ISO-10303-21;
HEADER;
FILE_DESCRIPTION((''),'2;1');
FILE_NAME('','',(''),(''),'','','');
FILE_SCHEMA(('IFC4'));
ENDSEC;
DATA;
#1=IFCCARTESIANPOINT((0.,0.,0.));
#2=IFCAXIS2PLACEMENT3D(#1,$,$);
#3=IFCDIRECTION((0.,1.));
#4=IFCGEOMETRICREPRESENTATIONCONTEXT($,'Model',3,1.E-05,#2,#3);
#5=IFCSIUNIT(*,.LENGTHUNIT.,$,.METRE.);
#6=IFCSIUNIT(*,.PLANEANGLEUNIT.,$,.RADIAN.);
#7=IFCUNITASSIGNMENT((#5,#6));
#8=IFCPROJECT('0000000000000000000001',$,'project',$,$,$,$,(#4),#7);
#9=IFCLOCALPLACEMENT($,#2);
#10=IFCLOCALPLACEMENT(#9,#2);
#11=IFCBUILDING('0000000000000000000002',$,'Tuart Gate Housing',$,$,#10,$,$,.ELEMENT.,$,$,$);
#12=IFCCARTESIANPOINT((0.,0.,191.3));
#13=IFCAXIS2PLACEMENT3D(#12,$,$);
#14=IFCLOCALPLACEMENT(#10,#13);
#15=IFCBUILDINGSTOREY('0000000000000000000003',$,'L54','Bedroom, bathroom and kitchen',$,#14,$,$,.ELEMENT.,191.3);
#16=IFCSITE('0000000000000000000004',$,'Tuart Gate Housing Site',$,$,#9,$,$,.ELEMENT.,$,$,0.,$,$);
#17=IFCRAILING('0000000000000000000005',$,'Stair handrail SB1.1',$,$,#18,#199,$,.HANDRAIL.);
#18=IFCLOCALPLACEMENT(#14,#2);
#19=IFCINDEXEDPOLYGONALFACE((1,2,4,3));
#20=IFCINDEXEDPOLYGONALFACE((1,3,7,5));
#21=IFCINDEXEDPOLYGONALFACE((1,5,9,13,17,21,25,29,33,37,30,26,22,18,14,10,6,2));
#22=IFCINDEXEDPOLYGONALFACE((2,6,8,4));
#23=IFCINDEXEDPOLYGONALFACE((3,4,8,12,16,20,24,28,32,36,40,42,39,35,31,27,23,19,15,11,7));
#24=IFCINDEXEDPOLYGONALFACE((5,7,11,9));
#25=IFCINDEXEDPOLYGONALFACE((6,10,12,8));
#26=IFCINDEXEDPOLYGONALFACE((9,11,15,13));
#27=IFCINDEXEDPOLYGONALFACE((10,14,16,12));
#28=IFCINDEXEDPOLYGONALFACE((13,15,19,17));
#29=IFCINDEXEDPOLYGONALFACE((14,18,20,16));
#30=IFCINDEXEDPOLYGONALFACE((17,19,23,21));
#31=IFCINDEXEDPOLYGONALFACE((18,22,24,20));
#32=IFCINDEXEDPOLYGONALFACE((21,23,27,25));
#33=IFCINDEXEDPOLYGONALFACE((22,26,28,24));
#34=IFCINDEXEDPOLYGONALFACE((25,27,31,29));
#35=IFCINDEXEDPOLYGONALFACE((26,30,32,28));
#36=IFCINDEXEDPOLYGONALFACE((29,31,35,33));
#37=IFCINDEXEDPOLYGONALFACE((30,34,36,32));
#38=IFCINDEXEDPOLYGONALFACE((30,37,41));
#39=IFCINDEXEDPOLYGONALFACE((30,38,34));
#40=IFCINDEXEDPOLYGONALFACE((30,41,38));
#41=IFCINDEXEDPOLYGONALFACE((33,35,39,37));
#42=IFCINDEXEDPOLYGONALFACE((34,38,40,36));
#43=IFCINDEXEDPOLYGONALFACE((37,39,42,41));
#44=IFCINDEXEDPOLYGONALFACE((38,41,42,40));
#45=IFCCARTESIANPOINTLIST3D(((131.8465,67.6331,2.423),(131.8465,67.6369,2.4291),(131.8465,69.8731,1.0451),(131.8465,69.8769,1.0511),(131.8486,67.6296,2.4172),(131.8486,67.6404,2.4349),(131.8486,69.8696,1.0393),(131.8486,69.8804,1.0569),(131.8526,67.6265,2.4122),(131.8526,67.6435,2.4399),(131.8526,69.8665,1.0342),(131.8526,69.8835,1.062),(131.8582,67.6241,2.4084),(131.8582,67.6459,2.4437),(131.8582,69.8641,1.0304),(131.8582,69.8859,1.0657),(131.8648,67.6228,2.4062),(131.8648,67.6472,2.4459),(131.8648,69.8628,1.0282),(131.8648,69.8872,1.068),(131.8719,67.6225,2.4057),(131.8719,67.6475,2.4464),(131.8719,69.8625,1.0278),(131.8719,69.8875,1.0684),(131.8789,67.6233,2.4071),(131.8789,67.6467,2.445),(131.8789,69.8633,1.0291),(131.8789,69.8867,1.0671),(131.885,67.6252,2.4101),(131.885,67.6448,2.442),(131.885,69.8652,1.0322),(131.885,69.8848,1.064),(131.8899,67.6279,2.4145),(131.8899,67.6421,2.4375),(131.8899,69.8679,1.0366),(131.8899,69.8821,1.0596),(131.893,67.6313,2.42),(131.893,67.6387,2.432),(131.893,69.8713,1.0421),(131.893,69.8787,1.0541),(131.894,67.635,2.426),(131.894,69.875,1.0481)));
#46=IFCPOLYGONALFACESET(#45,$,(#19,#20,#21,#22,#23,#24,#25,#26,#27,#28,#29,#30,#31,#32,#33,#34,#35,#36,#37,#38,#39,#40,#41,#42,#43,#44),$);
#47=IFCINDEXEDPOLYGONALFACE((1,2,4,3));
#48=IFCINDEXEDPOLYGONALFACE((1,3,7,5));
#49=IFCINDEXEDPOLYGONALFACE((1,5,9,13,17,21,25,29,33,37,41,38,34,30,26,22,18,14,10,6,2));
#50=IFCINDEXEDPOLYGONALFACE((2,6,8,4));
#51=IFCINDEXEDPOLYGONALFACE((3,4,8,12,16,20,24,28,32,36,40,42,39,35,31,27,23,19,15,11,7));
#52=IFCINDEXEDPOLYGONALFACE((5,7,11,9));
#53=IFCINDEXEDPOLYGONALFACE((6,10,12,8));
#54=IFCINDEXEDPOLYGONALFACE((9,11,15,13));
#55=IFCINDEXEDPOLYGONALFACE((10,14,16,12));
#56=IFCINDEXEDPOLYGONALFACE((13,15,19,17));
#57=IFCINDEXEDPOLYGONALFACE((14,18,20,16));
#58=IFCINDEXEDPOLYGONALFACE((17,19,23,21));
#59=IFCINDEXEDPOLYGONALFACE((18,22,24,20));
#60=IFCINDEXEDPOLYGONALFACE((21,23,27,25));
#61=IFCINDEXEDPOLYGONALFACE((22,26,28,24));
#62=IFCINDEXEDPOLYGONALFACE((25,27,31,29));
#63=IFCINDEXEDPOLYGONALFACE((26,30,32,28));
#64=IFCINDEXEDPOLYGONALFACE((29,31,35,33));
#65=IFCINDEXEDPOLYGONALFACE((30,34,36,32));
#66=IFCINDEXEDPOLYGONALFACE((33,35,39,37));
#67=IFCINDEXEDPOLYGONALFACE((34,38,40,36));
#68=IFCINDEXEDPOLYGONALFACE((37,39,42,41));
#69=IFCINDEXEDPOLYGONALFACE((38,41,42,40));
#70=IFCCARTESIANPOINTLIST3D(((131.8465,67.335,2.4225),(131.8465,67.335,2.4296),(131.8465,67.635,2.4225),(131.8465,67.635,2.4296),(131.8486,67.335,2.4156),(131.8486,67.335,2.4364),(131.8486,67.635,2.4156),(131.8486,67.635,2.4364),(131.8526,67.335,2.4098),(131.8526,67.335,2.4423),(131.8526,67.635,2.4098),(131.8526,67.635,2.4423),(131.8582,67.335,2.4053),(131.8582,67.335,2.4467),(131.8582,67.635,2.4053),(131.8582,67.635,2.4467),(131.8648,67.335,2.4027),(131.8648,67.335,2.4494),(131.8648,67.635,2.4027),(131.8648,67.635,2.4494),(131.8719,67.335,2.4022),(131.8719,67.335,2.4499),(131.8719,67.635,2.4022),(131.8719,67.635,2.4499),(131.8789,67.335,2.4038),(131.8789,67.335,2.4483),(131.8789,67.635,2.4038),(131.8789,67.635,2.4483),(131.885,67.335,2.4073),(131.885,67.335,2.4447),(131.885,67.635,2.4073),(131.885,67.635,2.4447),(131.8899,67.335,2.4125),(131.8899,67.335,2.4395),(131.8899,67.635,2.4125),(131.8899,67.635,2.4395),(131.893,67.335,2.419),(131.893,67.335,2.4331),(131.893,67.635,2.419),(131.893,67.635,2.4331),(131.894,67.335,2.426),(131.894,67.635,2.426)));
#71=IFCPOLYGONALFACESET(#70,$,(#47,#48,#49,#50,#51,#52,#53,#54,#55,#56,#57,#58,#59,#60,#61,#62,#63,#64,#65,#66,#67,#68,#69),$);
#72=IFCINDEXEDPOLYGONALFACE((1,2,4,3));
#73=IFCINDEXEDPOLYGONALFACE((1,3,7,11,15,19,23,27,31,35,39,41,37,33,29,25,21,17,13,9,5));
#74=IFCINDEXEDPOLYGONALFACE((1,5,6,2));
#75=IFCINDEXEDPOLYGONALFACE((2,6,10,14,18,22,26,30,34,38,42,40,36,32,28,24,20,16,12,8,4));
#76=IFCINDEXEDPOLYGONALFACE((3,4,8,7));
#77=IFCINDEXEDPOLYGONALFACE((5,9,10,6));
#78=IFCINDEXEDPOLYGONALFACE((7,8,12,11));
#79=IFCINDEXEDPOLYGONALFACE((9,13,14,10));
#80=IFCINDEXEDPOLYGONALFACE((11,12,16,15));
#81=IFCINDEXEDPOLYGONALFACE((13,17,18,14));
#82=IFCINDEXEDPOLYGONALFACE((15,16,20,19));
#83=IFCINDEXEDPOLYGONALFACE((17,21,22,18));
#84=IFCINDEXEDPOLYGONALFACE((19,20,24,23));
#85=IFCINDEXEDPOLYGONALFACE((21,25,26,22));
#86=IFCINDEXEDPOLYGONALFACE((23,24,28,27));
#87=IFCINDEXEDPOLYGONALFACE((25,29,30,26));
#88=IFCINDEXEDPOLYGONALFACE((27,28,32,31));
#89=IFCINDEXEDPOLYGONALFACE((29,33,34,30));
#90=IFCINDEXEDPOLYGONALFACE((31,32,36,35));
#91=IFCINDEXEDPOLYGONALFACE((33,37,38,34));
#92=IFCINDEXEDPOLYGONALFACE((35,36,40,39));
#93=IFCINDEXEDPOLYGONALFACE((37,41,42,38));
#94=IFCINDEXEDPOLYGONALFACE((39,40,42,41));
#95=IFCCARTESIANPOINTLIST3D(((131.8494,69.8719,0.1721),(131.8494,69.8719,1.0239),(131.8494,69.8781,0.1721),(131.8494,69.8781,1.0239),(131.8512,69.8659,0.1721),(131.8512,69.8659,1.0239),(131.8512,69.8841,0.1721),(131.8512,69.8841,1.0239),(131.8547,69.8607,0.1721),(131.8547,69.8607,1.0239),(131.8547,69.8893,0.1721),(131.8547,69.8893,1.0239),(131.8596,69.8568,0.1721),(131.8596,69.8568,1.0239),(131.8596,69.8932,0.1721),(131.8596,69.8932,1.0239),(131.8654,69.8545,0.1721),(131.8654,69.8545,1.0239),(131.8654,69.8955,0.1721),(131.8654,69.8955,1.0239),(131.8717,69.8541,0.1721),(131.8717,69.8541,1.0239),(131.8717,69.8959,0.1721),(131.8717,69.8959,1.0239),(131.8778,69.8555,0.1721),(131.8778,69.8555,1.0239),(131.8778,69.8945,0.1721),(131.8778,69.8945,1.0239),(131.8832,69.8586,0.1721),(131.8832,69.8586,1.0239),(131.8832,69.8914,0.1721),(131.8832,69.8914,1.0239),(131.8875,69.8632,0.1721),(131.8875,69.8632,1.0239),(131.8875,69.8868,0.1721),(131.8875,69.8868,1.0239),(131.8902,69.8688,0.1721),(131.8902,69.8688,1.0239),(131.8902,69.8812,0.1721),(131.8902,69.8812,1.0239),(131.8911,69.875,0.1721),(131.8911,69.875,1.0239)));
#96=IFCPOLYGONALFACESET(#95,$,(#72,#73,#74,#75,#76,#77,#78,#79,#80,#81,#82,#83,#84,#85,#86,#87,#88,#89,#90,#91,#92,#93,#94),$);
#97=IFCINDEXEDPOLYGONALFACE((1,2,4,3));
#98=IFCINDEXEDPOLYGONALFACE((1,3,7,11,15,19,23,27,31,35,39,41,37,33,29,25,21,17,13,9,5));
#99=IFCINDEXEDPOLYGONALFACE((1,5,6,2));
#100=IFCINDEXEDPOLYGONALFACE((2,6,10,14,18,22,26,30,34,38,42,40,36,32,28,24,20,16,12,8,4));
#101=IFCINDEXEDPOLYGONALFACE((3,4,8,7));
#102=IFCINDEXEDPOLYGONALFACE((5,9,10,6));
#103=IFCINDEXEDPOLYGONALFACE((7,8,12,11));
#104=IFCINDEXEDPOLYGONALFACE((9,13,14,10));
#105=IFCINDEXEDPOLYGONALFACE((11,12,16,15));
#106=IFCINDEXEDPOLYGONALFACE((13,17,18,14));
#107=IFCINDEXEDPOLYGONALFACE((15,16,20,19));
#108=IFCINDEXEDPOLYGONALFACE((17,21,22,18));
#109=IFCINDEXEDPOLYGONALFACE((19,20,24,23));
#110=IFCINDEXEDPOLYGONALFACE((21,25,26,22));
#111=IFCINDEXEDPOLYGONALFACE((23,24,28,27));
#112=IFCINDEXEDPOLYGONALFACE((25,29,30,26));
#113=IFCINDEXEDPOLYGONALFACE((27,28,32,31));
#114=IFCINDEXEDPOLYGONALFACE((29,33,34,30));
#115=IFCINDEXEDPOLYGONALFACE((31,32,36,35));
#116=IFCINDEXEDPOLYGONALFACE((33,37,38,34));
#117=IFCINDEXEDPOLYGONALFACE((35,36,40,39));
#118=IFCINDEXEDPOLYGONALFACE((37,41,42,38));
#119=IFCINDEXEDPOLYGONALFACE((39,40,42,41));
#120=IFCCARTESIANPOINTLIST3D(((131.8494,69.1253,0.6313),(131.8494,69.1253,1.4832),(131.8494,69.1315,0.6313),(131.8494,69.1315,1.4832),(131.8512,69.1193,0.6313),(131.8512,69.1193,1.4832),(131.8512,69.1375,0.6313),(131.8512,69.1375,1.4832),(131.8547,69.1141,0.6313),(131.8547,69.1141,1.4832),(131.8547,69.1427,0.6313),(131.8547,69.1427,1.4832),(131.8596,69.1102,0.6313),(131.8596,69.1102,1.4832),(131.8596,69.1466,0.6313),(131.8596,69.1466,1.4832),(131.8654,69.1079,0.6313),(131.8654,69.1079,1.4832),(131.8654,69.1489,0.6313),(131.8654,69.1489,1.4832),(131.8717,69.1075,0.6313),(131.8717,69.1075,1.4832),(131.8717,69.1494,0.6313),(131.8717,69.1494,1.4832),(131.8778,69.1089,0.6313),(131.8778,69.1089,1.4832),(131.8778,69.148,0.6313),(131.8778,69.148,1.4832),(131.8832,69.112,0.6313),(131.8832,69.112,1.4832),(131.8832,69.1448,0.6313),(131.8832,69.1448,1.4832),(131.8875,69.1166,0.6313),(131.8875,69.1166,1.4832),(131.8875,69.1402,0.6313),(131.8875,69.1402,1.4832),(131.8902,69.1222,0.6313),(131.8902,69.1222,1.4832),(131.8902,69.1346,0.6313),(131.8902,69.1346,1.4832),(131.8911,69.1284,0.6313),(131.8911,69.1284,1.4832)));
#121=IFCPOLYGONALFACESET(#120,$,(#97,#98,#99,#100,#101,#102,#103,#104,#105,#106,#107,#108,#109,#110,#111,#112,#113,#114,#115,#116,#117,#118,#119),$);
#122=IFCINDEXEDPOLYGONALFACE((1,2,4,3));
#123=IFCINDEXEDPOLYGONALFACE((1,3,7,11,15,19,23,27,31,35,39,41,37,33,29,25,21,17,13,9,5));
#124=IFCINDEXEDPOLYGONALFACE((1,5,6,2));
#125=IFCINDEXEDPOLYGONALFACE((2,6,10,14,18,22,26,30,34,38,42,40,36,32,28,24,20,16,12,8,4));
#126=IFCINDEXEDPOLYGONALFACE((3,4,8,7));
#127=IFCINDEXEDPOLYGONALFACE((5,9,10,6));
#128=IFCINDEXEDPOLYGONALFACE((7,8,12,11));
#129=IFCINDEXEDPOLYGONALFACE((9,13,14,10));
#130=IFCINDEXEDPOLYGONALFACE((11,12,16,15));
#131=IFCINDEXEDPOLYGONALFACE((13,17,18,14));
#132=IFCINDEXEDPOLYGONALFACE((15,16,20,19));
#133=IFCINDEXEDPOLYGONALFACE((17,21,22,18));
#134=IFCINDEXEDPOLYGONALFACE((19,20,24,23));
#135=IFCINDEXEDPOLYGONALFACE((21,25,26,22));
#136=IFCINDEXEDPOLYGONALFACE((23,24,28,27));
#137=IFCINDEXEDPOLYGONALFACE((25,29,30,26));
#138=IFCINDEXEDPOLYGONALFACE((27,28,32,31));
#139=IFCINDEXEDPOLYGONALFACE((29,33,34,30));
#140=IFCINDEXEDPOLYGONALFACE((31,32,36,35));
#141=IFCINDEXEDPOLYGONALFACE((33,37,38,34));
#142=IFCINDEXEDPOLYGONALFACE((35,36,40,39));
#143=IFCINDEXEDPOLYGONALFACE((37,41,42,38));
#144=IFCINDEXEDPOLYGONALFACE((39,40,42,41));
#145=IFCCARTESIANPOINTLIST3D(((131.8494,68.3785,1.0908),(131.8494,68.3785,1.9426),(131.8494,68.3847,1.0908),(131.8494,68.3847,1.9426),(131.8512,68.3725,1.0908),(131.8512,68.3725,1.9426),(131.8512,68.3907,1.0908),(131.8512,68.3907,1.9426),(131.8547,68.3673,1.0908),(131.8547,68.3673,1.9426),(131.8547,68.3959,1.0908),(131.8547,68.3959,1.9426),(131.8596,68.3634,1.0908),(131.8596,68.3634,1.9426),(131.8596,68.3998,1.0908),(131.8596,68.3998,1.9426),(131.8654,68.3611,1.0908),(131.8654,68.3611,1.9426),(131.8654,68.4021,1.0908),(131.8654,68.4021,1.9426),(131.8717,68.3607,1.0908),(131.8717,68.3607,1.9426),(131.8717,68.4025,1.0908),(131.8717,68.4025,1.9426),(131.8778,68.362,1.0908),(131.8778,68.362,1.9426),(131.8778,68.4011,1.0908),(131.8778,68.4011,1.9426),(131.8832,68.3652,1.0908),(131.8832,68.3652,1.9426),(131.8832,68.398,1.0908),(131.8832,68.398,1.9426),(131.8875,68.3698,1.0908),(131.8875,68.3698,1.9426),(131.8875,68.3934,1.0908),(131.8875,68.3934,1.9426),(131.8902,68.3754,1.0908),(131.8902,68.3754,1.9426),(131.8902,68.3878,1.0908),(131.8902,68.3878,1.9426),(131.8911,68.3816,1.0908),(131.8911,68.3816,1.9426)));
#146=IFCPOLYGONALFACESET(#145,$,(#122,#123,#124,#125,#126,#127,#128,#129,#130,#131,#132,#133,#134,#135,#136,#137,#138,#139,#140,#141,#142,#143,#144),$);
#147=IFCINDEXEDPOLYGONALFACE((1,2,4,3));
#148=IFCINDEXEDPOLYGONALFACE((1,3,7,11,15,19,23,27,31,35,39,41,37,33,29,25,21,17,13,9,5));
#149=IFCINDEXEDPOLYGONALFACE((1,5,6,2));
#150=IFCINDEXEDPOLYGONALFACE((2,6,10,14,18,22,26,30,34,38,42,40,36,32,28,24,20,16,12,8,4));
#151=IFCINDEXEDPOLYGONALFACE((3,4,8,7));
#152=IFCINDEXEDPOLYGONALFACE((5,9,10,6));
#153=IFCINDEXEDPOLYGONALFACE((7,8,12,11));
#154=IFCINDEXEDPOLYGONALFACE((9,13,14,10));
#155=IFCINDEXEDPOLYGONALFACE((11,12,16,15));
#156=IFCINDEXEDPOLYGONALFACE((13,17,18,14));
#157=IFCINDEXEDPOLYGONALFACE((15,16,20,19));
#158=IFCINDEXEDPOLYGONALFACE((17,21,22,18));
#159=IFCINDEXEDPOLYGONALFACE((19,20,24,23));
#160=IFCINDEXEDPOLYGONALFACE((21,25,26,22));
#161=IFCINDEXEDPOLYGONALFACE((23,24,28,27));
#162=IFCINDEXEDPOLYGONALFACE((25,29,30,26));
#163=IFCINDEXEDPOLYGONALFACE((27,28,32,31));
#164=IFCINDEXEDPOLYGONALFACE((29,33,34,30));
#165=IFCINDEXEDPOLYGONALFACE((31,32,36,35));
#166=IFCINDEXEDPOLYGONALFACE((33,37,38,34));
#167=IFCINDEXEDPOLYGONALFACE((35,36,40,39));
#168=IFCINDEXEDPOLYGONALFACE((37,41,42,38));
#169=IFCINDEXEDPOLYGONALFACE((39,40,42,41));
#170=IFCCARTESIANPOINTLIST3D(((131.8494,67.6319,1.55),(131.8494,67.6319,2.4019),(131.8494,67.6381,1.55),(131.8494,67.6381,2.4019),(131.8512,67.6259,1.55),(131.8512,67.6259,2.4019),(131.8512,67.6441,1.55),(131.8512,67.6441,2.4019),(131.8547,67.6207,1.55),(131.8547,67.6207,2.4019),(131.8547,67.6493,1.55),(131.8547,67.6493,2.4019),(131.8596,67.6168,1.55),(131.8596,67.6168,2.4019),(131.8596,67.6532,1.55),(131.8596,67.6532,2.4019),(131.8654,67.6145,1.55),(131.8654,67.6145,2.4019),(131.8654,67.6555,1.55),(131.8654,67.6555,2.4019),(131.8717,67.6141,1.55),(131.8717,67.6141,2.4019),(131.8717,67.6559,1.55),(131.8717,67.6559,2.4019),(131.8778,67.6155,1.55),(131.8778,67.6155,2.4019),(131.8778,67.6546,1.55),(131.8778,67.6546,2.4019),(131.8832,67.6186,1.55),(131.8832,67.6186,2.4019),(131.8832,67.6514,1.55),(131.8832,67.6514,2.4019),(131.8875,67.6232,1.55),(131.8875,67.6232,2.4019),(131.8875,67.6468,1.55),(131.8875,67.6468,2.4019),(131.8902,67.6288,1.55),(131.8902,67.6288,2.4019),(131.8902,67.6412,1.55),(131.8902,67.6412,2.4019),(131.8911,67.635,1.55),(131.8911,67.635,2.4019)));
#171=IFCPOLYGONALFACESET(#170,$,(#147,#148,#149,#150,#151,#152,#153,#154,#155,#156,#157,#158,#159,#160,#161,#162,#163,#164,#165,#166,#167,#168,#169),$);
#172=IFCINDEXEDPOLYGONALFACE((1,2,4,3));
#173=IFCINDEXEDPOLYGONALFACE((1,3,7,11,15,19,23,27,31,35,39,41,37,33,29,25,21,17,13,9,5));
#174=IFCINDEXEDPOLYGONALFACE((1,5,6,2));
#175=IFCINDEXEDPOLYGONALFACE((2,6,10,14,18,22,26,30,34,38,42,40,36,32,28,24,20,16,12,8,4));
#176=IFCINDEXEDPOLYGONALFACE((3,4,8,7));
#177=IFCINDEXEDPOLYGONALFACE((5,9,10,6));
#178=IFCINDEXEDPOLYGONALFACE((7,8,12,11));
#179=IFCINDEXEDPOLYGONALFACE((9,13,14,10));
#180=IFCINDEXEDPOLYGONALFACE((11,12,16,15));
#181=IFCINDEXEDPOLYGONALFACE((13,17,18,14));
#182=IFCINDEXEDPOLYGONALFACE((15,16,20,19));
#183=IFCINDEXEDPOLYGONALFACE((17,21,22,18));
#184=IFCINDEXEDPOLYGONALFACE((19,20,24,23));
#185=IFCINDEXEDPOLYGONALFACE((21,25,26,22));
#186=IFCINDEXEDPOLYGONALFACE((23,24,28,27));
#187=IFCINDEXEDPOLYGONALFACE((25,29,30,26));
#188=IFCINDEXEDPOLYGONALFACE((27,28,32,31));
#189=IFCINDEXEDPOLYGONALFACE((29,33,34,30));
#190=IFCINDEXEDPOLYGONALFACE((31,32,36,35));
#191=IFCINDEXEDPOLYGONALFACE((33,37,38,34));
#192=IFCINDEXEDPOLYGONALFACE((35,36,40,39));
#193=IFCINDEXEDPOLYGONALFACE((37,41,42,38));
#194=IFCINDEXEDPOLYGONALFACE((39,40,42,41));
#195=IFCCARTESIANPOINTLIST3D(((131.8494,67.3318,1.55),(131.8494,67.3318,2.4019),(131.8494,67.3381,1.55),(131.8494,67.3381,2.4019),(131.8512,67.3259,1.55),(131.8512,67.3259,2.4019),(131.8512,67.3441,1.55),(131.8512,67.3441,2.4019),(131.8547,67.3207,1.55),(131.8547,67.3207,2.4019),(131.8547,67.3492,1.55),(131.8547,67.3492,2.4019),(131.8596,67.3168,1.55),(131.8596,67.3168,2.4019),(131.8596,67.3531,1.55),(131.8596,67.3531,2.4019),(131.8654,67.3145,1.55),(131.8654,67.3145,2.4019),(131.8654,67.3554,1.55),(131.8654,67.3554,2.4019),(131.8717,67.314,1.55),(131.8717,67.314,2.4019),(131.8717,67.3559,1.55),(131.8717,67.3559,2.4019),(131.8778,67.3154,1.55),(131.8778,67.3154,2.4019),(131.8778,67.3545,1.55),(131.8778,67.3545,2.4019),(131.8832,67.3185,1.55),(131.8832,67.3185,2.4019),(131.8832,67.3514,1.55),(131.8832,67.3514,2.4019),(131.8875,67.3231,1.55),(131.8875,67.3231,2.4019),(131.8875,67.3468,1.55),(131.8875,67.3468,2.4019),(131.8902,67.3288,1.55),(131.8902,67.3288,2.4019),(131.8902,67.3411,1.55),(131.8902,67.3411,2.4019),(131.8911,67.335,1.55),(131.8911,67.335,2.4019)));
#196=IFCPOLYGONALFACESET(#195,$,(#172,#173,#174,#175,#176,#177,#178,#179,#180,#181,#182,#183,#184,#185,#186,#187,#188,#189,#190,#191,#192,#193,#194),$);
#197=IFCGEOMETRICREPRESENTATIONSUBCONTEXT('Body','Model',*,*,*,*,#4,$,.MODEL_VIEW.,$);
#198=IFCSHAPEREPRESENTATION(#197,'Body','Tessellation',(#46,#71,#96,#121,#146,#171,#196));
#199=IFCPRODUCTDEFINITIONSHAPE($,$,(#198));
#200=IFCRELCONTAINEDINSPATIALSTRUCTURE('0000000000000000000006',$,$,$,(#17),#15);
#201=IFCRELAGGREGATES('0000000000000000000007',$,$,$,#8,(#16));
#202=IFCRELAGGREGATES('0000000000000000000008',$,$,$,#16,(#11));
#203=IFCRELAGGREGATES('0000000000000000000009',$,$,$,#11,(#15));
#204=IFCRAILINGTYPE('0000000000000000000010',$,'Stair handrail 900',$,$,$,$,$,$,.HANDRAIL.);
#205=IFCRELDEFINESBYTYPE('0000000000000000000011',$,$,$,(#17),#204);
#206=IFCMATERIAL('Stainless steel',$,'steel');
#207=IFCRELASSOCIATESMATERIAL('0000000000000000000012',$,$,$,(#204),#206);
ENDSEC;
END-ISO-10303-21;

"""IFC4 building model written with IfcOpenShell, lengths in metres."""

from ifc_helpers import new_model, si_unit, direction, frame, origin, origin_2d, place, context, subcontext, project, spatial, circle, extrude, material, type_object, element, save


model = new_model("IFC4")

# Units and contexts
model_context = context("Model", 3, precision=1e-05, world=origin(), true_north=direction((0.0, 1.0)))
body_context = subcontext(model_context, "Body", "Model", "MODEL_VIEW")
ifc_project = project(units=[si_unit("LENGTHUNIT", "METRE"), si_unit("PLANEANGLEUNIT", "RADIAN")], contexts=[model_context])

# Site, building, storey
site_placement = place(None, origin())
site = spatial("IfcSite", under=ifc_project, at=site_placement, Name="Tuart Gate Housing Site", CompositionType="ELEMENT", RefElevation=0.0)
building_placement = place(site_placement, origin())
building = spatial("IfcBuilding", under=site, at=building_placement, Name="Tuart Gate Housing", CompositionType="ELEMENT")
storey_placement = place(building_placement, frame((0.0, 0.0, 191.3)))
storey = spatial("IfcBuildingStorey", under=building, at=storey_placement, Name="L54", Description="Bedroom, bathroom and kitchen", CompositionType="ELEMENT", Elevation=191.3)

# Railing
ifc_material_1 = material(Name="Stainless steel", Category="steel")
railing_type = type_object("IfcRailingType", Name="Stair handrail 900", PredefinedType="HANDRAIL", material=ifc_material_1)
railing_placement = place(storey_placement, frame((131.8701, 69.875, 0.1721)))
element("IfcRailing", 1, at=railing_placement, inside=storey, type_object=railing_type, Name="Stair handrail SB1.1", PredefinedType="HANDRAIL", context=body_context, shape_type="SweptSolid", body=[
    extrude(circle(Radius=0.0239, at=origin_2d()), frame((0.0, 0.0, 0.876), z_axis=(0.0, -0.851748, 0.523952), x_axis=(1.0, 0.0, 0.0)), (0.0, 0.0, 1.0), 2.6299),
    extrude(circle(Radius=0.0239, at=origin_2d()), frame((0.0, -2.24, 2.2539), z_axis=(0.0, -1.0, 0.0), x_axis=(1.0, 0.0, 0.0)), (0.0, 0.0, 1.0), 0.3),
    extrude(circle(Radius=0.021, at=origin_2d()), origin(), (0.0, 0.0, 1.0), 0.8518),
    extrude(circle(Radius=0.021, at=origin_2d()), frame((0.0, -0.7466, 0.4592)), (0.0, 0.0, 1.0), 0.8518),
    extrude(circle(Radius=0.021, at=origin_2d()), frame((0.0, -1.4934, 0.9187)), (0.0, 0.0, 1.0), 0.8518),
    extrude(circle(Radius=0.021, at=origin_2d()), frame((0.0, -2.24, 1.3779)), (0.0, 0.0, 1.0), 0.8518),
    extrude(circle(Radius=0.021, at=origin_2d()), frame((0.0, -2.54, 1.3779)), (0.0, 0.0, 1.0), 0.8518),
])

save(model, "model.ifc")
